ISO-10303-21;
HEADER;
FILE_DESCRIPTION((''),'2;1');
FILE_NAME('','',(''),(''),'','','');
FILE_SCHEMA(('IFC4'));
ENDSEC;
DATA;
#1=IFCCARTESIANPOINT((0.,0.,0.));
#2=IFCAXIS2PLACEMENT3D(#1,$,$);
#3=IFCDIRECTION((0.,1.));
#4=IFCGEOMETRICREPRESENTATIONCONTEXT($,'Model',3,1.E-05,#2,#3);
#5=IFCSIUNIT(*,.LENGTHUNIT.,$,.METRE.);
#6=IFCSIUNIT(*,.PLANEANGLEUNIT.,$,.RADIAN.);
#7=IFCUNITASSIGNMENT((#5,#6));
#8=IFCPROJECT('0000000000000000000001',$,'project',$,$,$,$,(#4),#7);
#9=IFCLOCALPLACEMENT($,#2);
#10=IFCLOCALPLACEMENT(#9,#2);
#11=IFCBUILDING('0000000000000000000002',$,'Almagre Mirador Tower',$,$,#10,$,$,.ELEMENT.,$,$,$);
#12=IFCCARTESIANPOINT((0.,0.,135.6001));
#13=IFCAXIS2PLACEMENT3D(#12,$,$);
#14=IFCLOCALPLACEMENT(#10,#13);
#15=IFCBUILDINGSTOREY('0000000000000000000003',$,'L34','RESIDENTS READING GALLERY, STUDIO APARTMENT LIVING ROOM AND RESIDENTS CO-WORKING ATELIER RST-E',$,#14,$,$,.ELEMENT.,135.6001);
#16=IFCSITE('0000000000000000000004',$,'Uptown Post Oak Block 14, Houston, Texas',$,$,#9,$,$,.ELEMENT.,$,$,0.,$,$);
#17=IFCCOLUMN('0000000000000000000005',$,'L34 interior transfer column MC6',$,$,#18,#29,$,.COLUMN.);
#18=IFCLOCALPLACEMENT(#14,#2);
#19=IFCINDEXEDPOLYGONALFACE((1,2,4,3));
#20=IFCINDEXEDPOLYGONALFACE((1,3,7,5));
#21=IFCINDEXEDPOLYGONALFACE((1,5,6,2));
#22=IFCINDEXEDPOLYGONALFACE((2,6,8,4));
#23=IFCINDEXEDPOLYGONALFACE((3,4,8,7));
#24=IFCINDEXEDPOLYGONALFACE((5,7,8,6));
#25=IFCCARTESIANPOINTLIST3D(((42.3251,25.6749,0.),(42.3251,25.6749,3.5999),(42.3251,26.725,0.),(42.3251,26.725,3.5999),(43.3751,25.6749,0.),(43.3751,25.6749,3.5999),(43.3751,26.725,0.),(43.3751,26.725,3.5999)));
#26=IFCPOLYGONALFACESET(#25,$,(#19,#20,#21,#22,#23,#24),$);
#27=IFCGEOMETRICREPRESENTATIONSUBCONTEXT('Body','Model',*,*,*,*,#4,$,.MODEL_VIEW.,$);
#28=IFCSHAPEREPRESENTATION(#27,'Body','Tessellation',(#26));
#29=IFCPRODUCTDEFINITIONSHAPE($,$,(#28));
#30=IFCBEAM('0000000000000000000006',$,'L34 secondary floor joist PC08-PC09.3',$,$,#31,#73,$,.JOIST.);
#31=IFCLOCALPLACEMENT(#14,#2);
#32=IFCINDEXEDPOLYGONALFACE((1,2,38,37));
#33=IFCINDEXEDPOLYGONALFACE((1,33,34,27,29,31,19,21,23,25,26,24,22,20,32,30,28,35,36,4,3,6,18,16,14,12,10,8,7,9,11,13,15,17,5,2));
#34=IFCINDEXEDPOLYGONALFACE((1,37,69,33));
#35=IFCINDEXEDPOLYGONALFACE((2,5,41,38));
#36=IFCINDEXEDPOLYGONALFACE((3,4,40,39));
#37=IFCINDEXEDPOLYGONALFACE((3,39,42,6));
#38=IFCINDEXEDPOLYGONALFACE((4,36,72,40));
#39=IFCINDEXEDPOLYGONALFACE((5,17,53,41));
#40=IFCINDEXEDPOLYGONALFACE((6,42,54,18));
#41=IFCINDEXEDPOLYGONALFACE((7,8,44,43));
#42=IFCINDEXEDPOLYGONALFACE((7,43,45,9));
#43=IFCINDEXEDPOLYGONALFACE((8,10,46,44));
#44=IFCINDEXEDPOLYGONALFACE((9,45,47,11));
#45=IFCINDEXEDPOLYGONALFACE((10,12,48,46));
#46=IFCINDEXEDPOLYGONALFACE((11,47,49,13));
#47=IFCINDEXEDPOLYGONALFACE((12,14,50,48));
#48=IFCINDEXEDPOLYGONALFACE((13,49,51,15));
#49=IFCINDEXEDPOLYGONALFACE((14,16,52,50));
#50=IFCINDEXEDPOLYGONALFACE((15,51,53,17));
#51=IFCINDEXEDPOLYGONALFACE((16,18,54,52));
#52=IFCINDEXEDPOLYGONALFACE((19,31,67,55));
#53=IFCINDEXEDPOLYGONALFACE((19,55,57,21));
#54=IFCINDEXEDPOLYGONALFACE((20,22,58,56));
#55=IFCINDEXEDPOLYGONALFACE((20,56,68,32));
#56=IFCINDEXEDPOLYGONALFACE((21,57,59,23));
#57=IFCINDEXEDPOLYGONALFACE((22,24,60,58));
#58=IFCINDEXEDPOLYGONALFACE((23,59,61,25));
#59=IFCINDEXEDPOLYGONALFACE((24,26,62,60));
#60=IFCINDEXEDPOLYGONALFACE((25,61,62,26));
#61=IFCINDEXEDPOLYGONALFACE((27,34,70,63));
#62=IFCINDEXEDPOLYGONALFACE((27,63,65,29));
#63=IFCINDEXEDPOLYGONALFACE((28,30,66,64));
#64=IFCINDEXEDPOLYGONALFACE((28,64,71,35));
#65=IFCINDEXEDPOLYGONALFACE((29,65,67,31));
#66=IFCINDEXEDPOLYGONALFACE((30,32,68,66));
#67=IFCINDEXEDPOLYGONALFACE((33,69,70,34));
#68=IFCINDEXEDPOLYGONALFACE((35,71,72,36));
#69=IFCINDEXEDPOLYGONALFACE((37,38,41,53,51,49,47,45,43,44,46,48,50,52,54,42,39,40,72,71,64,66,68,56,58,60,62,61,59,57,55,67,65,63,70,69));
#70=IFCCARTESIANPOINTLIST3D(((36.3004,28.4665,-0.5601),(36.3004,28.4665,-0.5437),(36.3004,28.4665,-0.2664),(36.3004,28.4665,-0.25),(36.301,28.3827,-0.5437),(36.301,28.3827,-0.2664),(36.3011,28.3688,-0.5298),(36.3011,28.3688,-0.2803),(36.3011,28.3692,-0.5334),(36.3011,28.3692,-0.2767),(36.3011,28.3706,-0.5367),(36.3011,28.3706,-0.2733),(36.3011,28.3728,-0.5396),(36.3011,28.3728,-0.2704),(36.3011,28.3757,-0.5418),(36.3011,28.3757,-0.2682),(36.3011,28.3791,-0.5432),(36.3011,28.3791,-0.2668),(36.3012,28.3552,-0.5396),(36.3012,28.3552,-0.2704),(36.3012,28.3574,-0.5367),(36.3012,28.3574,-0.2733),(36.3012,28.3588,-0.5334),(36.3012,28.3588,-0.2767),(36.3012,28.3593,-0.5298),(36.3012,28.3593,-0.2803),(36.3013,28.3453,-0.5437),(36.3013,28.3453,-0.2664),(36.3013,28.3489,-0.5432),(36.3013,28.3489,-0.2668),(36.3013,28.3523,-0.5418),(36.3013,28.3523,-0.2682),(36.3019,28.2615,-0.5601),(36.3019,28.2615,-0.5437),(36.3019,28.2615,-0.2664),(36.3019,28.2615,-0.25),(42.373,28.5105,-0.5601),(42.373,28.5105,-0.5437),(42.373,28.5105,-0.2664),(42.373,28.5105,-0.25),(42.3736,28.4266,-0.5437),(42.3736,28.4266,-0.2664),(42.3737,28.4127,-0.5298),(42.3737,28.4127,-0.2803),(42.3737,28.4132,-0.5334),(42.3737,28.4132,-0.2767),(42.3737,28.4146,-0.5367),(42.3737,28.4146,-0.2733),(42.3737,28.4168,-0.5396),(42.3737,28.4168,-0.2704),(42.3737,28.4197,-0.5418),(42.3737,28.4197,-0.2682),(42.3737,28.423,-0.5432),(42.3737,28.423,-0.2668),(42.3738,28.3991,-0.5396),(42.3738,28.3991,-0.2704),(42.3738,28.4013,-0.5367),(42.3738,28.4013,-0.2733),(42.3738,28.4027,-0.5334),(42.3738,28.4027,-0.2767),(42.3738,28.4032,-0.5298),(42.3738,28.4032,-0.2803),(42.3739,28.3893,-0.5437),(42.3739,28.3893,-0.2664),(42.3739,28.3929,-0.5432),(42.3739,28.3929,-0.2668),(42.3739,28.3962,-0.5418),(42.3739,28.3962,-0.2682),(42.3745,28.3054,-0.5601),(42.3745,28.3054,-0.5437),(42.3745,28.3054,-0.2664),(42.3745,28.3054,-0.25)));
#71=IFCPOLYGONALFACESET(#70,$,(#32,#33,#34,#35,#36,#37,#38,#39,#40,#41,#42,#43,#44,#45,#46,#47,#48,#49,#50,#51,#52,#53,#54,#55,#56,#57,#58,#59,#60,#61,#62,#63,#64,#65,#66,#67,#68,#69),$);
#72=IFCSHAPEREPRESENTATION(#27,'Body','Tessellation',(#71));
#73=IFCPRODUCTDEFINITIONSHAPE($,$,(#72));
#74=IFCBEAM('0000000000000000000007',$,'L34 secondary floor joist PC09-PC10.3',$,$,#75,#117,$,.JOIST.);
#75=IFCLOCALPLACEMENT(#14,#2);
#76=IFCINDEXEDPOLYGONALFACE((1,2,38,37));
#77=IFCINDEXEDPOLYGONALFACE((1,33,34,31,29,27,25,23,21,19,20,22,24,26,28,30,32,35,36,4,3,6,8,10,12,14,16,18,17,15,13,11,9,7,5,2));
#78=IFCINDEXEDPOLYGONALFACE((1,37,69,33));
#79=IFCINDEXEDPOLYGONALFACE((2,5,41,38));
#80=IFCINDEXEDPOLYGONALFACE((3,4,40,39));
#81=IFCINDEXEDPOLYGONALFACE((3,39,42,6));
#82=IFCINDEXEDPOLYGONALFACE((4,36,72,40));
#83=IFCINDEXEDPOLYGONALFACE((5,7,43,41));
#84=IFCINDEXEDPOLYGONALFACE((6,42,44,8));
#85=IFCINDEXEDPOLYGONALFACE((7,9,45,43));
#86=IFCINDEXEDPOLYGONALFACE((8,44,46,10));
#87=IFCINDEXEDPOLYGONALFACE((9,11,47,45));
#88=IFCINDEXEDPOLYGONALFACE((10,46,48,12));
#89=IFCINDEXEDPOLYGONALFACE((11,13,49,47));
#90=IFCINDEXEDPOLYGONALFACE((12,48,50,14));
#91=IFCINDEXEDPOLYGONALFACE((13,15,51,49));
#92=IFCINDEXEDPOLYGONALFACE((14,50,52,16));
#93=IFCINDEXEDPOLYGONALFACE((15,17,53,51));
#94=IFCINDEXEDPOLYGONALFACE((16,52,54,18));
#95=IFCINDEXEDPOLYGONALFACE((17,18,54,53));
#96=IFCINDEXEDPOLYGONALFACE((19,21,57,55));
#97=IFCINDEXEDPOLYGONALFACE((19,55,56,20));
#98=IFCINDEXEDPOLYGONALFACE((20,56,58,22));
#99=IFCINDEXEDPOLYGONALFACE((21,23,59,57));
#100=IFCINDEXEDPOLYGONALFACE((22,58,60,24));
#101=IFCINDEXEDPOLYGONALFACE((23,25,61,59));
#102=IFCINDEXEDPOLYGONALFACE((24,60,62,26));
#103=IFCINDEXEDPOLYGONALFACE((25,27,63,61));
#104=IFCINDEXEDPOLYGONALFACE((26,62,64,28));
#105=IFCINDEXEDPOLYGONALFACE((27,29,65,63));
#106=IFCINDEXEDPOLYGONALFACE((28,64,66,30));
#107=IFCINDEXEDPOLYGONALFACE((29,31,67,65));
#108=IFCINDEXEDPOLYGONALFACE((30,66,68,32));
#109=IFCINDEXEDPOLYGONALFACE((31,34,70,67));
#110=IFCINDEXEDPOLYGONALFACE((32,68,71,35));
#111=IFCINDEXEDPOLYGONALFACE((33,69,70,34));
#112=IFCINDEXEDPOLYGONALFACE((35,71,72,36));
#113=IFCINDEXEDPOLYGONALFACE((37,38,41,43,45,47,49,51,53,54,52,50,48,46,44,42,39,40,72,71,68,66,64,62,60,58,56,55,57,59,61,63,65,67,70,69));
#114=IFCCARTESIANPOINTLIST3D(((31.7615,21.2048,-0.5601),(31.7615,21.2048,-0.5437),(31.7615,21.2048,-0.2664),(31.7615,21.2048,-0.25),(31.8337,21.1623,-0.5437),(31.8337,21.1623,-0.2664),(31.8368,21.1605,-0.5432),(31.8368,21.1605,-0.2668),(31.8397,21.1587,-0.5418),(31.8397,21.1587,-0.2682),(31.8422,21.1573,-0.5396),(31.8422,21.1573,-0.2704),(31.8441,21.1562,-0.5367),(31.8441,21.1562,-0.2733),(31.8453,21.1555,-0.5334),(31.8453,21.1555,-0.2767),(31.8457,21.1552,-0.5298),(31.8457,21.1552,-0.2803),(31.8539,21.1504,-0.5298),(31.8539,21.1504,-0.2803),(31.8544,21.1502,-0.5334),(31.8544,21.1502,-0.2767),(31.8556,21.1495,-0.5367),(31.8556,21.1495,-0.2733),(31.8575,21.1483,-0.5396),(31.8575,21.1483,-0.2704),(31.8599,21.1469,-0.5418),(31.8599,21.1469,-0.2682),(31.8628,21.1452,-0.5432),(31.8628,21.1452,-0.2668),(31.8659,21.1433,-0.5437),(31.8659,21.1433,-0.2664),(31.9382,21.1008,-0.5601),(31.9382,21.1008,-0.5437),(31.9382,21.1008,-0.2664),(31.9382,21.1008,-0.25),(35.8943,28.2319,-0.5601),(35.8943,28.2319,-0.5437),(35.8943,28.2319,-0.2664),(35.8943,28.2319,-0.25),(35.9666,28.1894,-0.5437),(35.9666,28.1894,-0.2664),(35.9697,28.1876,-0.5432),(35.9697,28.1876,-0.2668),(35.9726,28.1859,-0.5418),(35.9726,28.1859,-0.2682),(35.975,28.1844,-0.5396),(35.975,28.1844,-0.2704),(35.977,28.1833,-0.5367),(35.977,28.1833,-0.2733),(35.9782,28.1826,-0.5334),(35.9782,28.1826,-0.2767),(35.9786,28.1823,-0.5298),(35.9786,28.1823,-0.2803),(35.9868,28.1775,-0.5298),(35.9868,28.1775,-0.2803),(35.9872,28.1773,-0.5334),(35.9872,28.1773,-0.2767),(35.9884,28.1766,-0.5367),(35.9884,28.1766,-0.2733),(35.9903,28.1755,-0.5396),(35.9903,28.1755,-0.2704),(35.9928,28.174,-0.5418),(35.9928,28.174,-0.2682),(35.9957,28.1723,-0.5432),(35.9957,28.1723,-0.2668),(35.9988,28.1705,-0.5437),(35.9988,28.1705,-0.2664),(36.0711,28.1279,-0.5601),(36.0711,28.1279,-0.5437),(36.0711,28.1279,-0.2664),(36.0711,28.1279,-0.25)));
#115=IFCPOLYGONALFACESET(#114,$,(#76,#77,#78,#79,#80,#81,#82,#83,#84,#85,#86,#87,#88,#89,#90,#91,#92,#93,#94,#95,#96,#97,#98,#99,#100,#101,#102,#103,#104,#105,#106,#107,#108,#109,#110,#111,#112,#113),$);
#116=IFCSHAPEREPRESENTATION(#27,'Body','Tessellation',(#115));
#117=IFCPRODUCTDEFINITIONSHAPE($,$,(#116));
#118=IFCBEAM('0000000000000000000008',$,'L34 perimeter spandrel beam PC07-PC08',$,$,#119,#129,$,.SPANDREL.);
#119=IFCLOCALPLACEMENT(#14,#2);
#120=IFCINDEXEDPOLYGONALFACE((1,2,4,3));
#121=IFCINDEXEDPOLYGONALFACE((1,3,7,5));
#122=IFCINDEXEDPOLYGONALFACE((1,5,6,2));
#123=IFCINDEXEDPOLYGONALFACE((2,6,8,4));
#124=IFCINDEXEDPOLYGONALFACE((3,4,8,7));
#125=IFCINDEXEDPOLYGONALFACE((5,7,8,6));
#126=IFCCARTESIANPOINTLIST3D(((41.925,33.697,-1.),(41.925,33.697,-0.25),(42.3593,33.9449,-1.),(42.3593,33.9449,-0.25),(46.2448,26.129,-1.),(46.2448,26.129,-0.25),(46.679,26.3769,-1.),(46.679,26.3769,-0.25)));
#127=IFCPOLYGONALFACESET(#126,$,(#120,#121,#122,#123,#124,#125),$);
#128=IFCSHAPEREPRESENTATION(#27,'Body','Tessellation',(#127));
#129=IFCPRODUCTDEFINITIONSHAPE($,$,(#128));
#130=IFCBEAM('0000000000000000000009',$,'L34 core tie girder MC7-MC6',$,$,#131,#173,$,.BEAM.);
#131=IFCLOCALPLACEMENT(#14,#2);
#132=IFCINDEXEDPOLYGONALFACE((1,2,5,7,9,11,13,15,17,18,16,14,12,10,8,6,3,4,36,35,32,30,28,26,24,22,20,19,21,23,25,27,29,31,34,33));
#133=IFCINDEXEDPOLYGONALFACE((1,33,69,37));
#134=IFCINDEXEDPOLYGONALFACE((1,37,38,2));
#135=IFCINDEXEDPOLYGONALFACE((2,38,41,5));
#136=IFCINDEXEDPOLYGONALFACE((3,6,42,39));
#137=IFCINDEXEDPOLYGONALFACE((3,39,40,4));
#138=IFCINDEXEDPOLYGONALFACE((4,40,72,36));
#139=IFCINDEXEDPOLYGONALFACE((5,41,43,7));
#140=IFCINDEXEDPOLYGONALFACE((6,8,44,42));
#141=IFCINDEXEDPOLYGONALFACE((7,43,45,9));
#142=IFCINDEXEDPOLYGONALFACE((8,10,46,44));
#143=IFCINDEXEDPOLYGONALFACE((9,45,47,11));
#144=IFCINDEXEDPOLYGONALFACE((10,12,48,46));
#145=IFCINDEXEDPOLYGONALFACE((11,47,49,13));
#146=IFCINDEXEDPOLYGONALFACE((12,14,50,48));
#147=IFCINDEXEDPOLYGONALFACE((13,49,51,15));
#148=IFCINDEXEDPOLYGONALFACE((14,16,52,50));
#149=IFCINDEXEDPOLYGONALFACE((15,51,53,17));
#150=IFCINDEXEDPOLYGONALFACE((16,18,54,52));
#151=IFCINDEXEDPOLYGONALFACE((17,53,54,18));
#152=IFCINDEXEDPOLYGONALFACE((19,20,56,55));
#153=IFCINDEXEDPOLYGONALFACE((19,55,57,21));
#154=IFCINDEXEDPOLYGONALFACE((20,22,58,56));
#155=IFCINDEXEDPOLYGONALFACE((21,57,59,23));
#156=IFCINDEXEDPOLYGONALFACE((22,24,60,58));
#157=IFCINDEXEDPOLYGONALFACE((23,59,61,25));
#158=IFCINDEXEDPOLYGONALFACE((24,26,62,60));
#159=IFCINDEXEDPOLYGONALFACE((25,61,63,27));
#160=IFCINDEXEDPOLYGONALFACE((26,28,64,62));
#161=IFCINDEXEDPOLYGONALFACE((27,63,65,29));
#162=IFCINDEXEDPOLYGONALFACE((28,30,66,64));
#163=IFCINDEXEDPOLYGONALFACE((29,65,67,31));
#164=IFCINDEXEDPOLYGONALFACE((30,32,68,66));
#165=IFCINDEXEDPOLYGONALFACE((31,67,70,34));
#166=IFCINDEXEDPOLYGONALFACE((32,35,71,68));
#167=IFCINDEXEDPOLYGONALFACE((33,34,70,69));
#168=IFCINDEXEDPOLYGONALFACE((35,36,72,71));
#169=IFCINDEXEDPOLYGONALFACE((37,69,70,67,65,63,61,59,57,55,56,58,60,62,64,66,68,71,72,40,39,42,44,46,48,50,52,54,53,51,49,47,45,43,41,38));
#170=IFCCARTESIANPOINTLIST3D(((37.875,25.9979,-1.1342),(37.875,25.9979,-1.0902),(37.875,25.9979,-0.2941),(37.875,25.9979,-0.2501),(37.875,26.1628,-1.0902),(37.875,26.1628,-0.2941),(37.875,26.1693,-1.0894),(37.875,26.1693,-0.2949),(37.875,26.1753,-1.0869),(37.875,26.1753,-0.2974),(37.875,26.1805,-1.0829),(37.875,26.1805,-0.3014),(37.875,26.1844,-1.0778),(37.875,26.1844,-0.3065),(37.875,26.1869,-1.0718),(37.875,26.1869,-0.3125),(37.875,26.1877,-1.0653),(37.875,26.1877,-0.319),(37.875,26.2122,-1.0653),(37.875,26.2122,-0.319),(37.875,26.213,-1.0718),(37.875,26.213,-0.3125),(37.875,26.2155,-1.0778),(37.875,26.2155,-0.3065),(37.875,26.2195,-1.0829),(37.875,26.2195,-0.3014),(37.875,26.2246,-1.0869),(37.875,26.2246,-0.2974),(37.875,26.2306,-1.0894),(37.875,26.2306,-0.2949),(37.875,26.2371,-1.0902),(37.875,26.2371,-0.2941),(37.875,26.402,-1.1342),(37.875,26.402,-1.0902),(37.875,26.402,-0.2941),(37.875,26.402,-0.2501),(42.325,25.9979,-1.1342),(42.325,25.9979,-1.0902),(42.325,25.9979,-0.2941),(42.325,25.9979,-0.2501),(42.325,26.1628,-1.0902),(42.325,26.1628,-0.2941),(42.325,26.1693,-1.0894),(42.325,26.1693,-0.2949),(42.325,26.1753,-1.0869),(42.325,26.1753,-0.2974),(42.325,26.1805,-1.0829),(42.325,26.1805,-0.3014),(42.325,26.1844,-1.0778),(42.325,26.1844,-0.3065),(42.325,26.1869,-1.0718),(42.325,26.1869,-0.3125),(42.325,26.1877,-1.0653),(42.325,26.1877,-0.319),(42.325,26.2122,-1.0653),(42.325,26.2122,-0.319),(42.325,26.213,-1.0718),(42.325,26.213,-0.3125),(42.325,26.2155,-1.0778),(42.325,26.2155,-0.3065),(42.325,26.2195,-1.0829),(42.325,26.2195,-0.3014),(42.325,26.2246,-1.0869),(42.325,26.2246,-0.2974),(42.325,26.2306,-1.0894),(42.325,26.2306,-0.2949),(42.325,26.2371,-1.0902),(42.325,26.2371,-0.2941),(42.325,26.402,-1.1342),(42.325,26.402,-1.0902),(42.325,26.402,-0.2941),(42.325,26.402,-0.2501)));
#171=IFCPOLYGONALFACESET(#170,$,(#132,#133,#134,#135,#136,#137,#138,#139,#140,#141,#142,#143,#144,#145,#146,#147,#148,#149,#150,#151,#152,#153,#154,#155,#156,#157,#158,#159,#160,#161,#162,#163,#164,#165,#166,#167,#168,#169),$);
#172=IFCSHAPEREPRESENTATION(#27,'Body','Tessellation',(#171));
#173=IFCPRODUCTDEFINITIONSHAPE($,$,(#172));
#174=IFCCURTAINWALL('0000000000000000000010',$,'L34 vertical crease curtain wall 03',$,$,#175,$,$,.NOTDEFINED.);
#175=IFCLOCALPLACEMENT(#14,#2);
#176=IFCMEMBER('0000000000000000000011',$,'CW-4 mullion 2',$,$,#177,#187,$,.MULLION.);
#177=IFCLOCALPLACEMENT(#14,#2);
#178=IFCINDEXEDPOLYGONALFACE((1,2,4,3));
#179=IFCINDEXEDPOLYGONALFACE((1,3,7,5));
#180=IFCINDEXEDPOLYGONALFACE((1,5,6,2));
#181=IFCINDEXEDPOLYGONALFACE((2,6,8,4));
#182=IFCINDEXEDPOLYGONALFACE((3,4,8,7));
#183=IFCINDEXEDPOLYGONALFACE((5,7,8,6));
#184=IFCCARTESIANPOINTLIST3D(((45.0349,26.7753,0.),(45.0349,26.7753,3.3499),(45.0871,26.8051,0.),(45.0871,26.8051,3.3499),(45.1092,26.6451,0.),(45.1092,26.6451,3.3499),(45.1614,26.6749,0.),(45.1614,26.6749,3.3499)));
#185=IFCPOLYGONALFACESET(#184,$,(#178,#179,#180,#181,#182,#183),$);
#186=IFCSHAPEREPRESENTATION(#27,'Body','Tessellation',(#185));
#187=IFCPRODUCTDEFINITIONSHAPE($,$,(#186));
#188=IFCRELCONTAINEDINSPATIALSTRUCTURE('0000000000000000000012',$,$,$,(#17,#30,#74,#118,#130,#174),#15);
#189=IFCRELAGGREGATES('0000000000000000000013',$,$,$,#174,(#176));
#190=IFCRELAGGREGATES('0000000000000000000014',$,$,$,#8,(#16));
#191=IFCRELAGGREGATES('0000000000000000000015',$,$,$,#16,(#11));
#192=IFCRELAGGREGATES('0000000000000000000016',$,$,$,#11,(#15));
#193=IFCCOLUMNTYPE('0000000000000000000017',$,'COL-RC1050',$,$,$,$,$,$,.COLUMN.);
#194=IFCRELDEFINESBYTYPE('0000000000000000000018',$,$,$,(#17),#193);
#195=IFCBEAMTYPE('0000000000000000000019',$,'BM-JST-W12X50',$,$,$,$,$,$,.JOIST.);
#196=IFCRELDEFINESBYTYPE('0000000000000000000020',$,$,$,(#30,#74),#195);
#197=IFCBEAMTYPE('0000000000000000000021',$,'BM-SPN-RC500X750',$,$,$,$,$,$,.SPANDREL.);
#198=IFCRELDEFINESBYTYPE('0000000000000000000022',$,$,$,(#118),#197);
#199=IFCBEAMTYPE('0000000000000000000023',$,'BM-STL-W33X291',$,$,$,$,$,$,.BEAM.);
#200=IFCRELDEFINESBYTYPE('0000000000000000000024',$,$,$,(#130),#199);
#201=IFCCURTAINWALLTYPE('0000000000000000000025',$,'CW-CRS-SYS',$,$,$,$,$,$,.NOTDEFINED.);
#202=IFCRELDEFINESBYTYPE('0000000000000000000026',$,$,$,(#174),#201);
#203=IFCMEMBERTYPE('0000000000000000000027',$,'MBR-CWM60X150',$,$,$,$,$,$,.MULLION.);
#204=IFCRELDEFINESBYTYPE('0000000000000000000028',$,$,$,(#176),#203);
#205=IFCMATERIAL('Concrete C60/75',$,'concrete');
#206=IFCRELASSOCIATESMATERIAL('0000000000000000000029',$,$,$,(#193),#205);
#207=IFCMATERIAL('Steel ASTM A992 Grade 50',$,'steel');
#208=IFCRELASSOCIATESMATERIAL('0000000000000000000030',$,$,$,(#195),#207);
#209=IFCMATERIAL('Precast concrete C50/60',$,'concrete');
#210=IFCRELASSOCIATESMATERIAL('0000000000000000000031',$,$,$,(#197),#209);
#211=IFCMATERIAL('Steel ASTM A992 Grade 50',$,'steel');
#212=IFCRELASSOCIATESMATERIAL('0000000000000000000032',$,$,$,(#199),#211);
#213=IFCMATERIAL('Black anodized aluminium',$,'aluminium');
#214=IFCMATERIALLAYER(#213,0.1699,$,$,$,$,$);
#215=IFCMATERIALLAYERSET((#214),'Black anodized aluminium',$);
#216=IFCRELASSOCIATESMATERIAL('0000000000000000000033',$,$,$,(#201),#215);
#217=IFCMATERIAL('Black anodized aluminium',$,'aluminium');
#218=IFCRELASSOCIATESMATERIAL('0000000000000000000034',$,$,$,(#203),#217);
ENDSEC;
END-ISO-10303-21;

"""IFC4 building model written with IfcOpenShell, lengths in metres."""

from ifc_helpers import new_model, si_unit, direction, frame, origin, origin_2d, place, context, subcontext, project, spatial, rectangle, i_section, extrude, material, layer, layer_set, material_profile, profile_set, type_object, element, aggregate, save


model = new_model("IFC4")

# Units and contexts
model_context = context("Model", 3, precision=1e-05, world=origin(), true_north=direction((0.0, 1.0)))
body_context = subcontext(model_context, "Body", "Model", "MODEL_VIEW")
ifc_project = project(units=[si_unit("LENGTHUNIT", "METRE"), si_unit("PLANEANGLEUNIT", "RADIAN")], contexts=[model_context])

# Site, building, storey
site_placement = place(None, origin())
site = spatial("IfcSite", under=ifc_project, at=site_placement, Name="Uptown Post Oak Block 14, Houston, Texas", CompositionType="ELEMENT", RefElevation=0.0)
building_placement = place(site_placement, origin())
building = spatial("IfcBuilding", under=site, at=building_placement, Name="Almagre Mirador Tower", CompositionType="ELEMENT")
storey_placement = place(building_placement, frame((0.0, 0.0, 135.6001)))
storey = spatial("IfcBuildingStorey", under=building, at=storey_placement, Name="L34", Description="RESIDENTS READING GALLERY, STUDIO APARTMENT LIVING ROOM AND RESIDENTS CO-WORKING ATELIER RST-E", CompositionType="ELEMENT", Elevation=135.6001)

# Column
ifc_material_1 = material(Name="Concrete C60/75", Category="concrete")
ifc_material_profile_1 = material_profile(ifc_material_1, rectangle(XDim=1.05, YDim=1.05, at=origin_2d()), Name="RC1050X1050")
ifc_profile_set_1 = profile_set([ifc_material_profile_1], Name="Concrete C60/75")
column_type = type_object("IfcColumnType", Name="COL-RC1050", PredefinedType="COLUMN", material=ifc_profile_set_1)
column_placement = place(storey_placement, frame((42.8501, 26.2, 0.0), z_axis=(0.0, 0.0, 1.0), x_axis=(1.0, 0.0, 0.0)))
element("IfcColumn", 1, at=column_placement, inside=storey, type_object=column_type, Name="L34 interior transfer column MC6", PredefinedType="COLUMN", context=body_context, shape_type="SweptSolid", body=[
    extrude(rectangle(XDim=1.05, YDim=1.05, at=origin_2d()), origin(), (0.0, 0.0, 1.0), 3.5999),
])

# Beams
ifc_material_2 = material(Name="Steel ASTM A992 Grade 50", Category="steel")
ifc_material_profile_2 = material_profile(ifc_material_2, i_section(OverallWidth=0.2051, OverallDepth=0.3101, WebThickness=0.0095, FlangeThickness=0.0164, FilletRadius=0.0139, at=origin_2d()), Name="W12X50")
ifc_profile_set_2 = profile_set([ifc_material_profile_2], Name="Steel ASTM A992 Grade 50")
beam_type_1 = type_object("IfcBeamType", Name="BM-JST-W12X50", PredefinedType="JOIST", material=ifc_profile_set_2)
beam_1_placement = place(storey_placement, frame((42.3738, 28.408, -0.405), z_axis=(-0.999974, -0.007237, 0.0), x_axis=(0.007237, -0.999974, 0.0)))
element("IfcBeam", 2, at=beam_1_placement, inside=storey, type_object=beam_type_1, Name="L34 secondary floor joist PC08-PC09.3", PredefinedType="JOIST", context=body_context, shape_type="SweptSolid", body=[
    extrude(i_section(OverallWidth=0.2051, OverallDepth=0.3101, WebThickness=0.0095, FlangeThickness=0.0164, FilletRadius=0.0139, at=origin_2d()), origin(), (0.0, 0.0, 1.0), 6.0728),
])
beam_2_placement = place(storey_placement, frame((35.9827, 28.1799, -0.405), z_axis=(-0.506949, -0.861976, 0.0), x_axis=(0.861976, -0.506949, 0.0)))
element("IfcBeam", 3, at=beam_2_placement, inside=storey, type_object=beam_type_1, Name="L34 secondary floor joist PC09-PC10.3", PredefinedType="JOIST", context=body_context, shape_type="SweptSolid", body=[
    extrude(i_section(OverallWidth=0.2051, OverallDepth=0.3101, WebThickness=0.0095, FlangeThickness=0.0164, FilletRadius=0.0139, at=origin_2d()), origin(), (0.0, 0.0, 1.0), 8.1523),
])
ifc_material_3 = material(Name="Precast concrete C50/60", Category="concrete")
ifc_material_profile_3 = material_profile(ifc_material_3, rectangle(XDim=0.5, YDim=0.75, at=origin_2d()), Name="RC500X750")
ifc_profile_set_3 = profile_set([ifc_material_profile_3], Name="Precast concrete C50/60")
beam_type_2 = type_object("IfcBeamType", Name="BM-SPN-RC500X750", PredefinedType="SPANDREL", material=ifc_profile_set_3)
beam_3_placement = place(storey_placement, frame((46.4619, 26.2529, -0.625), z_axis=(-0.495723, 0.868481, 0.0), x_axis=(-0.868481, -0.495723, 0.0)))
element("IfcBeam", 4, at=beam_3_placement, inside=storey, type_object=beam_type_2, Name="L34 perimeter spandrel beam PC07-PC08", PredefinedType="SPANDREL", context=body_context, shape_type="SweptSolid", body=[
    extrude(rectangle(XDim=0.5, YDim=0.75, at=origin_2d()), origin(), (0.0, 0.0, 1.0), 8.7141),
])
ifc_material_4 = material(Name="Steel ASTM A992 Grade 50", Category="steel")
ifc_material_profile_4 = material_profile(ifc_material_4, i_section(OverallWidth=0.4041, OverallDepth=0.884, WebThickness=0.0244, FlangeThickness=0.0439, FilletRadius=0.0249, at=origin_2d()), Name="W33X291")
ifc_profile_set_4 = profile_set([ifc_material_profile_4], Name="Steel ASTM A992 Grade 50")
beam_type_3 = type_object("IfcBeamType", Name="BM-STL-W33X291", PredefinedType="BEAM", material=ifc_profile_set_4)
beam_4_placement = place(storey_placement, frame((37.875, 26.2, -0.6921), z_axis=(1.0, 0.0, 0.0), x_axis=(0.0, 1.0, 0.0)))
element("IfcBeam", 5, at=beam_4_placement, inside=storey, type_object=beam_type_3, Name="L34 core tie girder MC7-MC6", PredefinedType="BEAM", context=body_context, shape_type="SweptSolid", body=[
    extrude(i_section(OverallWidth=0.4041, OverallDepth=0.884, WebThickness=0.0244, FlangeThickness=0.0439, FilletRadius=0.0249, at=origin_2d()), origin(), (0.0, 0.0, 1.0), 4.45),
])

# Curtain wall, member
ifc_material_5 = material(Name="Black anodized aluminium", Category="aluminium")
ifc_layer_1 = layer(ifc_material_5, 0.1699)
ifc_layer_set_1 = layer_set([ifc_layer_1], Name="Black anodized aluminium")
curtain_wall_type = type_object("IfcCurtainWallType", Name="CW-CRS-SYS", PredefinedType="NOTDEFINED", material=ifc_layer_set_1)
curtain_wall_placement = place(storey_placement, origin())
curtain_wall = element("IfcCurtainWall", 6, at=curtain_wall_placement, inside=storey, type_object=curtain_wall_type, Name="L34 vertical crease curtain wall 03", PredefinedType="NOTDEFINED")
ifc_material_6 = material(Name="Black anodized aluminium", Category="aluminium")
ifc_material_profile_5 = material_profile(ifc_material_6, rectangle(XDim=0.0601, YDim=0.1499, at=origin_2d()), Name="CWM60X150")
ifc_profile_set_5 = profile_set([ifc_material_profile_5], Name="Black anodized aluminium")
member_type_1 = type_object("IfcMemberType", Name="MBR-CWM60X150", PredefinedType="MULLION", material=ifc_profile_set_5)
member_1_placement = place(storey_placement, frame((45.0981, 26.7251, 0.0), z_axis=(0.0, 0.0, 1.0), x_axis=(0.868479, 0.495727, 0.0)))
member_1 = element("IfcMember", 7, at=member_1_placement, type_object=member_type_1, Name="CW-4 mullion 2", PredefinedType="MULLION", context=body_context, shape_type="SweptSolid", body=[
    extrude(rectangle(XDim=0.0601, YDim=0.1499, at=origin_2d()), origin(), (0.0, 0.0, 1.0), 3.3499),
])
aggregate(curtain_wall, [member_1])

save(model, "model.ifc")
